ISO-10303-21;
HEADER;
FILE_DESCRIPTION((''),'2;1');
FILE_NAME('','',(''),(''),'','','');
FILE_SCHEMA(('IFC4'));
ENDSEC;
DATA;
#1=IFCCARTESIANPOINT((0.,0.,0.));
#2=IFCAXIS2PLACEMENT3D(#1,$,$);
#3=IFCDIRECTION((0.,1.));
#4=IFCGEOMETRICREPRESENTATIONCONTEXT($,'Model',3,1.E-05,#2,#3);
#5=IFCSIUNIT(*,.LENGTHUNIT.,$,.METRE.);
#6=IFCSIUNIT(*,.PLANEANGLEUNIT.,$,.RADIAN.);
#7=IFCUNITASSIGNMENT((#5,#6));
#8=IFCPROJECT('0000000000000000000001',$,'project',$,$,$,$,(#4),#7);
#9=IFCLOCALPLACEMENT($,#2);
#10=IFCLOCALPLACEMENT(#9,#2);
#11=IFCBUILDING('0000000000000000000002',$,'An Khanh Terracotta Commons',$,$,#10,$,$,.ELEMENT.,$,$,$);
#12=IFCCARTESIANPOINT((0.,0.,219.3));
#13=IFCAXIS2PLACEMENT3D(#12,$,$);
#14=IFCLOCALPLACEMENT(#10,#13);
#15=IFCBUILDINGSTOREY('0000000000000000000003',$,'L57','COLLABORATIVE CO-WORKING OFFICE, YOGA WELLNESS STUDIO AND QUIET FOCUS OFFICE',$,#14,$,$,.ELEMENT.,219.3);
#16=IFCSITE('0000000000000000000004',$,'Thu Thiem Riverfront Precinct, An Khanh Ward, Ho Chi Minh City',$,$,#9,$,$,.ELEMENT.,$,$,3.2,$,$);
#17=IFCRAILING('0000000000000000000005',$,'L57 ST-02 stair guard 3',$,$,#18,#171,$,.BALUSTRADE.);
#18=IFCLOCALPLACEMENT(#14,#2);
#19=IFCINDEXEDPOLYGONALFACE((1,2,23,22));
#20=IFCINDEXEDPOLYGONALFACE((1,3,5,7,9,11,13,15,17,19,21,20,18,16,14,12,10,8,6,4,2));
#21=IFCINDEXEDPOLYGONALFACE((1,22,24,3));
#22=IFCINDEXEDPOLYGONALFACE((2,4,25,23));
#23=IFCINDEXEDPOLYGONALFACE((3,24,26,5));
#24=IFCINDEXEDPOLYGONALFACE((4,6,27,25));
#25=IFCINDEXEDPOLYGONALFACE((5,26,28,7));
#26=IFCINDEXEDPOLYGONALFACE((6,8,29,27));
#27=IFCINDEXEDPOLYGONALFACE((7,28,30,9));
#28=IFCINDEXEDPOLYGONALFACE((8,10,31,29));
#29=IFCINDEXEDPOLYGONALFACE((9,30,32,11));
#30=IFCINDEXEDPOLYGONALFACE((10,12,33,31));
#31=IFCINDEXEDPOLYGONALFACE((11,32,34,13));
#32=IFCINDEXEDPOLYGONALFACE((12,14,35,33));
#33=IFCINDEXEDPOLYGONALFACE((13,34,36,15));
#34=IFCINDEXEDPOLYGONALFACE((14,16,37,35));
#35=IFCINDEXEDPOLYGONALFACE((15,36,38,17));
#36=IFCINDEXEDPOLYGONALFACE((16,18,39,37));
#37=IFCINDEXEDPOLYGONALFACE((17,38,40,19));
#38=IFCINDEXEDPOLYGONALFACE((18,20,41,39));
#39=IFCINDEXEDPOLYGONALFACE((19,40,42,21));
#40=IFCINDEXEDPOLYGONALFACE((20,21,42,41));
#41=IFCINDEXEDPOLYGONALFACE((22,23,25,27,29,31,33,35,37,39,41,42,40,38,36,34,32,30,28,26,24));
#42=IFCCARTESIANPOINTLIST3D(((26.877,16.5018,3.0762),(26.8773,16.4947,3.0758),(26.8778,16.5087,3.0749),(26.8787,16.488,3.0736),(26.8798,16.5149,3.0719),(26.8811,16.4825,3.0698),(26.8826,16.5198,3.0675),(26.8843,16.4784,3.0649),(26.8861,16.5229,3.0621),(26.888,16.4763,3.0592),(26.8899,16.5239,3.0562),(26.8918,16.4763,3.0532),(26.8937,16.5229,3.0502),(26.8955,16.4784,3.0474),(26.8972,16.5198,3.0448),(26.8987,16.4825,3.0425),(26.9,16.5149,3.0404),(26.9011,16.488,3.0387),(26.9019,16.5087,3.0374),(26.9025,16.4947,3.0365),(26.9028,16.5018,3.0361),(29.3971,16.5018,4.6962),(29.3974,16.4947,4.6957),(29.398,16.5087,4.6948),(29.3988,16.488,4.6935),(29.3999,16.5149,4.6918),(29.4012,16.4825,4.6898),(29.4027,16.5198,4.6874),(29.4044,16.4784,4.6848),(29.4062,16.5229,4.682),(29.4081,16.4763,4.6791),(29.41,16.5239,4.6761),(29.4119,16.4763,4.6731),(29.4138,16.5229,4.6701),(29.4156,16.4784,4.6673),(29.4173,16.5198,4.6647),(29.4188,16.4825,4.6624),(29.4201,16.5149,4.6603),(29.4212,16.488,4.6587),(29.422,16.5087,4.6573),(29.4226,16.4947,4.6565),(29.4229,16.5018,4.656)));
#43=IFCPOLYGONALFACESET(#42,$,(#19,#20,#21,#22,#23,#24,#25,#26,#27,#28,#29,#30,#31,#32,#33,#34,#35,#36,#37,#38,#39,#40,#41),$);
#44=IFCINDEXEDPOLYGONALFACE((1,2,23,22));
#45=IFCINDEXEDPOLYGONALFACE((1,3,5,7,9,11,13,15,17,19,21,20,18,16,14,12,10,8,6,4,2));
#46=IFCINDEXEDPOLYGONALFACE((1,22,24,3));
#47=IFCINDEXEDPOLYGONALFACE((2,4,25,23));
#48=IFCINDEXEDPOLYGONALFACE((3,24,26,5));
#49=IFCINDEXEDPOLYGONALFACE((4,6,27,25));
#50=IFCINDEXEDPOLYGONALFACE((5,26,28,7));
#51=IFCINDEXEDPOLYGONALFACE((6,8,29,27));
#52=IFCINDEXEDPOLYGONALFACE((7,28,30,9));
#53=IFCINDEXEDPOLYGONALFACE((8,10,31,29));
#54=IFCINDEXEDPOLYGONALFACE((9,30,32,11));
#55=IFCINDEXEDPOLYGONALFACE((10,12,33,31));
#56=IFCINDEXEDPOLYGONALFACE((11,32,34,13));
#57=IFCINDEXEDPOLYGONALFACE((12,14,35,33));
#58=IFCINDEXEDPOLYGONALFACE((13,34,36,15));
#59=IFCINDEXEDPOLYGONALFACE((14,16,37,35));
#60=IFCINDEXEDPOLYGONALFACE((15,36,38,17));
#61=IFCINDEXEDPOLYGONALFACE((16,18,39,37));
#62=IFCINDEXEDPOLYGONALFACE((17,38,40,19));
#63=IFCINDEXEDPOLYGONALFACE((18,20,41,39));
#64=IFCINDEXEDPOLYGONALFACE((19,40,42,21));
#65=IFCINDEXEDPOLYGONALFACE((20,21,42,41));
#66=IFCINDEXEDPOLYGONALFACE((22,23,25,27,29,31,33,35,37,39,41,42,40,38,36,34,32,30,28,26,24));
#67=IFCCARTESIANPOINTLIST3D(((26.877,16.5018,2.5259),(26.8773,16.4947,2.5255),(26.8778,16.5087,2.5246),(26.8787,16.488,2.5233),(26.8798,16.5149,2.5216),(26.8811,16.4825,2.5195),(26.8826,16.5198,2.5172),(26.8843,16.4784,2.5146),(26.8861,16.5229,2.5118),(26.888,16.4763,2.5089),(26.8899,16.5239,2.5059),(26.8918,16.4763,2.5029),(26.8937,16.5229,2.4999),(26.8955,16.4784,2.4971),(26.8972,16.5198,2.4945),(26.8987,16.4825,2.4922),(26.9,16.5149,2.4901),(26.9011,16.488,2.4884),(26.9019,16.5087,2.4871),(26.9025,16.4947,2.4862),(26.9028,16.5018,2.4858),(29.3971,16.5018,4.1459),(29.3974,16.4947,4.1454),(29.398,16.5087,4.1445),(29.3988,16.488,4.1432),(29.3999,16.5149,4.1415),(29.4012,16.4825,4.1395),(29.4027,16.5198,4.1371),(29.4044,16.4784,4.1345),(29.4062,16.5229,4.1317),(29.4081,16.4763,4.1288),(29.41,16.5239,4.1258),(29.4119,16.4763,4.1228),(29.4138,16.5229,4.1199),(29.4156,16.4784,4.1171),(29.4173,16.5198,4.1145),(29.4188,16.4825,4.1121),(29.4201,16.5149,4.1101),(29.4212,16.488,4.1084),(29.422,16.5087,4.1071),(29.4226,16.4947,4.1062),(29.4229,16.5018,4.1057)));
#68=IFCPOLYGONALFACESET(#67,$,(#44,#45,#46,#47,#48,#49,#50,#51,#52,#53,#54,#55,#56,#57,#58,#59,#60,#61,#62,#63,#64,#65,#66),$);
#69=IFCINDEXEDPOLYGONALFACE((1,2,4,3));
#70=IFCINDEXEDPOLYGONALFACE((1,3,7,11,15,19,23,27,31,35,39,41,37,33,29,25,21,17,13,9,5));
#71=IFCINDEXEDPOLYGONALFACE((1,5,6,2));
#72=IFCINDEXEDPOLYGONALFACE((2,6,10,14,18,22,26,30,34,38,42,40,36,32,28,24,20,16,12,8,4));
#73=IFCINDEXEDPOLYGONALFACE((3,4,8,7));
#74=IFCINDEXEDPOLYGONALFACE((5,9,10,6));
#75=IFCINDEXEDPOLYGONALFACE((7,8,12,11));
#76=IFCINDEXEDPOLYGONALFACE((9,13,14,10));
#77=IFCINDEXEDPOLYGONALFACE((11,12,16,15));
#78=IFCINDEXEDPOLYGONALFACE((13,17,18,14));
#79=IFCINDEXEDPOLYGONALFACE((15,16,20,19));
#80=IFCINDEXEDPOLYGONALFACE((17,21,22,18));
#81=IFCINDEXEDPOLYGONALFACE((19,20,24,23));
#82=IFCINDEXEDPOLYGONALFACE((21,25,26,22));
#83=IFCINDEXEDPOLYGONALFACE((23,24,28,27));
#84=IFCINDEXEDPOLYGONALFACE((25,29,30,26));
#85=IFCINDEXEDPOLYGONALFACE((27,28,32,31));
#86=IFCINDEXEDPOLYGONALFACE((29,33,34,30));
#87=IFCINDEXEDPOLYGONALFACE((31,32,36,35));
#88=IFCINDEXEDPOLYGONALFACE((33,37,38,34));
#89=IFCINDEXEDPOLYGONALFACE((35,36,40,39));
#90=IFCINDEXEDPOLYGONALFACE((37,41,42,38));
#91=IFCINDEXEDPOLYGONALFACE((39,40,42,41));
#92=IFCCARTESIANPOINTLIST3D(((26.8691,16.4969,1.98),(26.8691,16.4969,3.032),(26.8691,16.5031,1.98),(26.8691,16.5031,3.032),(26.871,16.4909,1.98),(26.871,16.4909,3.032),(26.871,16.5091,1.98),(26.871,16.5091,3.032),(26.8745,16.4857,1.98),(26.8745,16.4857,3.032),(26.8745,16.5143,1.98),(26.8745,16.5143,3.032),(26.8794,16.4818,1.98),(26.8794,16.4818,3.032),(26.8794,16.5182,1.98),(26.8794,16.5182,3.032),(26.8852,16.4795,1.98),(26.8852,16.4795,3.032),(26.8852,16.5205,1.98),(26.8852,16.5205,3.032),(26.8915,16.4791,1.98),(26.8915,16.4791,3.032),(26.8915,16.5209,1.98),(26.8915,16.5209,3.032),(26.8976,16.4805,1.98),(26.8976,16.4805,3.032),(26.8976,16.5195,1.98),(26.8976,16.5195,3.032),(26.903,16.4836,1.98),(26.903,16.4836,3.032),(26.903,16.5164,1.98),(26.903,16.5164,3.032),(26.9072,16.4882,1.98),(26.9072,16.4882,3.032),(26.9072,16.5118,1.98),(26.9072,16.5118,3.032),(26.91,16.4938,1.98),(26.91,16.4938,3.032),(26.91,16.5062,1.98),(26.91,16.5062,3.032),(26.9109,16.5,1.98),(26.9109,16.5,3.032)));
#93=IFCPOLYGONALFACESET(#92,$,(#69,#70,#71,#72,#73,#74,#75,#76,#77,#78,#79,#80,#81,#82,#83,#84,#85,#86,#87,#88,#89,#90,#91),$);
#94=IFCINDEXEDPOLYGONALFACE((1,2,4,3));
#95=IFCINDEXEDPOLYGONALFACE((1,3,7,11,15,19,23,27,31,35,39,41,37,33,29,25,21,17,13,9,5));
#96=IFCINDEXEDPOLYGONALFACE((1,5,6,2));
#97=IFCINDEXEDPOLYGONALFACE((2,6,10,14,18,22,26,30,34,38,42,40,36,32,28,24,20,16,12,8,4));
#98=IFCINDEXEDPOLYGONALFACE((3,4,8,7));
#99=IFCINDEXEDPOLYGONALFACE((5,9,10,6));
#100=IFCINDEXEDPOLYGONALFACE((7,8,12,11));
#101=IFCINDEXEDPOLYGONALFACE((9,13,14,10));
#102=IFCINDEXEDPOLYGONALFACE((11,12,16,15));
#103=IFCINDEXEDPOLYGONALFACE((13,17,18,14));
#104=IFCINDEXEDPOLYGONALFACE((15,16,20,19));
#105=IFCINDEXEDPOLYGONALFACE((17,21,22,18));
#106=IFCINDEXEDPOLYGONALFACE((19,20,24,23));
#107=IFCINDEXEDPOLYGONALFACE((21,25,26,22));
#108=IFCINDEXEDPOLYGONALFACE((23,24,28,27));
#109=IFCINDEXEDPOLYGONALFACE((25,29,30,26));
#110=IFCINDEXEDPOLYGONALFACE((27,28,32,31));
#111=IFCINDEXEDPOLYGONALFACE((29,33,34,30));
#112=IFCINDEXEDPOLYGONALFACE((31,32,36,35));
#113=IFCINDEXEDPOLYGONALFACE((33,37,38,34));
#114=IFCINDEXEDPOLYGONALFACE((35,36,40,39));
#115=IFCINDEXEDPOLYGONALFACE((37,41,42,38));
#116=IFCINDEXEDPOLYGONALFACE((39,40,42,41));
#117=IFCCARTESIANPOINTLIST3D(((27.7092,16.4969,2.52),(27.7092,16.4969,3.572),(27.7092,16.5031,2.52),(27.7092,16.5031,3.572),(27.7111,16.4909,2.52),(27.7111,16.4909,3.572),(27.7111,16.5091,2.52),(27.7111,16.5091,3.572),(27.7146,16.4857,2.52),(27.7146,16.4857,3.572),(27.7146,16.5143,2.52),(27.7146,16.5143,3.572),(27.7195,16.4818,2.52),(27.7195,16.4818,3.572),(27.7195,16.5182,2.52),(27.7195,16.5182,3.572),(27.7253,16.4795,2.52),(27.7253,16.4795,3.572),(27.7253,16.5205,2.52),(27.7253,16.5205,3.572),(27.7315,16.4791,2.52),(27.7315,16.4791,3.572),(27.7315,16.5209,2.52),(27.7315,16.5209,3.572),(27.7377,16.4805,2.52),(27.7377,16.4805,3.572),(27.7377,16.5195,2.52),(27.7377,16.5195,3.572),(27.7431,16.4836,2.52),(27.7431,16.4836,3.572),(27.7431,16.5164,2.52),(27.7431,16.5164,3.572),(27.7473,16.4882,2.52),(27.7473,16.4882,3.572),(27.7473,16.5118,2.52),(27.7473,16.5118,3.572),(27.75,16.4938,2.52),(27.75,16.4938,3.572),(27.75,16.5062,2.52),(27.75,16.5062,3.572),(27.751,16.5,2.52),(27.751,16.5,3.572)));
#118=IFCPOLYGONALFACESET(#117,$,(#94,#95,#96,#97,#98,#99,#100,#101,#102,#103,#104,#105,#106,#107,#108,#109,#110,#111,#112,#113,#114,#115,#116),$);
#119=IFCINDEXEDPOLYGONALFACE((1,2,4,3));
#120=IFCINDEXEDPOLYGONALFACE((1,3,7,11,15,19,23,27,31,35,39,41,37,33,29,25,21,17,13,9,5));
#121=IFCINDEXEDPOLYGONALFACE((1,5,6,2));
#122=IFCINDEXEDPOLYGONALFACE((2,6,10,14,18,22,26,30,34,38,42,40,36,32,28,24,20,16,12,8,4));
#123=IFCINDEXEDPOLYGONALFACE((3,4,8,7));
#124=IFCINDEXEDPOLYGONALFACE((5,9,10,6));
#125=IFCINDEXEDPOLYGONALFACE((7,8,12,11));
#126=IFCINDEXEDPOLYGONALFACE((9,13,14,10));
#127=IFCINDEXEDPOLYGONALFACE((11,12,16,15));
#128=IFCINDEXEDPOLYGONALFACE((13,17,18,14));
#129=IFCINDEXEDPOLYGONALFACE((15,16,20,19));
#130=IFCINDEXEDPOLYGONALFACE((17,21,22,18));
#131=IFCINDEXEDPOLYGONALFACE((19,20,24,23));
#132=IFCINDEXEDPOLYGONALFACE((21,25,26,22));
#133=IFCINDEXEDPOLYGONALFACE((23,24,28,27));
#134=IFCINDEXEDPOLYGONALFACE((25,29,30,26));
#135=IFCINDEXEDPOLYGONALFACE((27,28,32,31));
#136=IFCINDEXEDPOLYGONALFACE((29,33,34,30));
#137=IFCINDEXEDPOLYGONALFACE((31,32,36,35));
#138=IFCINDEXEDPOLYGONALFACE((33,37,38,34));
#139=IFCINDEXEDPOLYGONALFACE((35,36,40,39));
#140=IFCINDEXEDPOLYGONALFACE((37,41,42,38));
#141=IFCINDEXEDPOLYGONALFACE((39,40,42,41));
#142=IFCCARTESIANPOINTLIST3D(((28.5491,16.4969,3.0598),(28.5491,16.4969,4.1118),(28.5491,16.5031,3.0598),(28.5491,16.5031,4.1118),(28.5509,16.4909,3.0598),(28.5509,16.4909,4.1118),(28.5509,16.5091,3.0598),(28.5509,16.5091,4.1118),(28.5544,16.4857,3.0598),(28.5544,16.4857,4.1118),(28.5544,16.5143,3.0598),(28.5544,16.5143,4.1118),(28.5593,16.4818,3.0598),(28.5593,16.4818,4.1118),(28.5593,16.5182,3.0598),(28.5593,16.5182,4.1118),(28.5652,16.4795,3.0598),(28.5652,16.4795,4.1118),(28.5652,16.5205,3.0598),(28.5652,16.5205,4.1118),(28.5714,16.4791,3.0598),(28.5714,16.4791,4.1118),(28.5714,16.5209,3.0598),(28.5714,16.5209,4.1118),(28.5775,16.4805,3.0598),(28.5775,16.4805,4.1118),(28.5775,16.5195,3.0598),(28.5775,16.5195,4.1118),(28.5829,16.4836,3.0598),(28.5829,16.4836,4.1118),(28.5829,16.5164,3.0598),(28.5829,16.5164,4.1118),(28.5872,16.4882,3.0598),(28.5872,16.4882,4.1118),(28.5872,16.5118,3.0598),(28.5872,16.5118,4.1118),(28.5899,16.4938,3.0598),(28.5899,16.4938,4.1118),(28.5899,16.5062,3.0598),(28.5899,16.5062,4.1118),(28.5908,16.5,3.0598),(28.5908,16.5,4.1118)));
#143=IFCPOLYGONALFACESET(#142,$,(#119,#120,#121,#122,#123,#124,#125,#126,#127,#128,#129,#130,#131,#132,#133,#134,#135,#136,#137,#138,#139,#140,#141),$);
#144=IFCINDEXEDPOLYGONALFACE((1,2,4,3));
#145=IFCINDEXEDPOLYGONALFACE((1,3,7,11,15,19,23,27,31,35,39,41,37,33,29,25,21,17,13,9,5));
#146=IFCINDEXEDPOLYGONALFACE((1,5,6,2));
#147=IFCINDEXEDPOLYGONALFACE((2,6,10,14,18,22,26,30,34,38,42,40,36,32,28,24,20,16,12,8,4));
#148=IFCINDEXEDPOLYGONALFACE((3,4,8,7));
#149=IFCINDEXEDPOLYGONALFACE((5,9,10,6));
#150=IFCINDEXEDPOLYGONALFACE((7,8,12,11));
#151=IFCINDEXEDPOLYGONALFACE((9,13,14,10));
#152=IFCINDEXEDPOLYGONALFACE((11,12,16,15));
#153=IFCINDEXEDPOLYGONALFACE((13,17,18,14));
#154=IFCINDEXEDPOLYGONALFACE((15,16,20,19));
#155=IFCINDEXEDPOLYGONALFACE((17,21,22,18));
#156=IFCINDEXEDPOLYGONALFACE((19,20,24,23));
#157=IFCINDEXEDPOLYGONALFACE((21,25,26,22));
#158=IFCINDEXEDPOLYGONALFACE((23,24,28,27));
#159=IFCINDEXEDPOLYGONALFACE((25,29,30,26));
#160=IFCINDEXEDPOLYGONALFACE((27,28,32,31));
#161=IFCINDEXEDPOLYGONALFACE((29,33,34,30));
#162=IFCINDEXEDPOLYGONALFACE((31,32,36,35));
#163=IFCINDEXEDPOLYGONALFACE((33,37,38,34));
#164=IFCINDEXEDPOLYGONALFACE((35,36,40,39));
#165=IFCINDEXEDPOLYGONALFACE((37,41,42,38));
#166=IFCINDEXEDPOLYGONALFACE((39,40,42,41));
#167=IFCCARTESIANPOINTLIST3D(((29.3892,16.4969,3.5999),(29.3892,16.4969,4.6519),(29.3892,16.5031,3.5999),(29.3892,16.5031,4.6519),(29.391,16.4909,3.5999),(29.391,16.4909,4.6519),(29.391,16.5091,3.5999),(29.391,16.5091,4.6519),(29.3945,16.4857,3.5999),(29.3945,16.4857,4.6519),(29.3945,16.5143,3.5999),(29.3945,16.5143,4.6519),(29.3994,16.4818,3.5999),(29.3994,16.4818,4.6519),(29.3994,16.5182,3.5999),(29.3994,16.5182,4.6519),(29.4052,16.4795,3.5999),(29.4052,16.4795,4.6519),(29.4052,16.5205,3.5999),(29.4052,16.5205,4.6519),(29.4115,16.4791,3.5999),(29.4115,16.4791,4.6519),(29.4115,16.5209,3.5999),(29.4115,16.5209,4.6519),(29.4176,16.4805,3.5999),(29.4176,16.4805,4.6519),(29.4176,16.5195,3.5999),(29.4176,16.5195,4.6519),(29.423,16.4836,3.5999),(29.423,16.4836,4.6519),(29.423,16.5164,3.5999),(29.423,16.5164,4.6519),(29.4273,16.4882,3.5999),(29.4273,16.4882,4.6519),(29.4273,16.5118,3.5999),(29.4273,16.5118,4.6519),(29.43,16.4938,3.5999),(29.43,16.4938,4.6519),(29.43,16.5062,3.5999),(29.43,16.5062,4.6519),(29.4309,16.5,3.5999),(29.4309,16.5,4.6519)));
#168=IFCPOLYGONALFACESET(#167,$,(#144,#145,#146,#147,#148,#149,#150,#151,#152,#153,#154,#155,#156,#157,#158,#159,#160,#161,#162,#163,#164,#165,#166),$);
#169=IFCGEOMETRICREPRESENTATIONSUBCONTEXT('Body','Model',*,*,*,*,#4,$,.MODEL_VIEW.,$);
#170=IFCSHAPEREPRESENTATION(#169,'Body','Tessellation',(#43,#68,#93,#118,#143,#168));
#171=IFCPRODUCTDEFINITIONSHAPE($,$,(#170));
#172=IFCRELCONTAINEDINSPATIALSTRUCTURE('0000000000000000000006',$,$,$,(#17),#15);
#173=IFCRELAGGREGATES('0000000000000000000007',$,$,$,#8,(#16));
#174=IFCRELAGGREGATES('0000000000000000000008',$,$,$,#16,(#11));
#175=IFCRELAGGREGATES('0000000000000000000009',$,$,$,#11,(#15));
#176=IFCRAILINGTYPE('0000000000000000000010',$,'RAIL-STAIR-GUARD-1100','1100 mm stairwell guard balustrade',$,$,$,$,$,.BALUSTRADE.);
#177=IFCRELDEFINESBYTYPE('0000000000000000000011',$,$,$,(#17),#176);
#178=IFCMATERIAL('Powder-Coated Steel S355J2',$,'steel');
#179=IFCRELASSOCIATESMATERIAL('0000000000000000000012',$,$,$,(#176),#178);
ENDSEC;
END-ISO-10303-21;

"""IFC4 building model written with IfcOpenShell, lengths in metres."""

from ifc_helpers import new_model, si_unit, direction, frame, origin, origin_2d, place, context, subcontext, project, spatial, circle, extrude, material, type_object, element, save


model = new_model("IFC4")

# Units and contexts
model_context = context("Model", 3, precision=1e-05, world=origin(), true_north=direction((0.0, 1.0)))
body_context = subcontext(model_context, "Body", "Model", "MODEL_VIEW")
ifc_project = project(units=[si_unit("LENGTHUNIT", "METRE"), si_unit("PLANEANGLEUNIT", "RADIAN")], contexts=[model_context])

# Site, building, storey
site_placement = place(None, origin())
site = spatial("IfcSite", under=ifc_project, at=site_placement, Name="Thu Thiem Riverfront Precinct, An Khanh Ward, Ho Chi Minh City", CompositionType="ELEMENT", RefElevation=3.2)
building_placement = place(site_placement, origin())
building = spatial("IfcBuilding", under=site, at=building_placement, Name="An Khanh Terracotta Commons", CompositionType="ELEMENT")
storey_placement = place(building_placement, frame((0.0, 0.0, 219.3)))
storey = spatial("IfcBuildingStorey", under=building, at=storey_placement, Name="L57", Description="COLLABORATIVE CO-WORKING OFFICE, YOGA WELLNESS STUDIO AND QUIET FOCUS OFFICE", CompositionType="ELEMENT", Elevation=219.3)

# Railing
ifc_material_1 = material(Name="Powder-Coated Steel S355J2", Category="steel")
railing_type_1 = type_object("IfcRailingType", Name="RAIL-STAIR-GUARD-1100", Description="1100 mm stairwell guard balustrade", PredefinedType="BALUSTRADE", material=ifc_material_1)
railing_1_placement = place(storey_placement, frame((26.8899, 16.5, 1.98)))
element("IfcRailing", 1, at=railing_1_placement, inside=storey, type_object=railing_type_1, Name="L57 ST-02 stair guard 3", PredefinedType="BALUSTRADE", context=body_context, shape_type="SweptSolid", body=[
    extrude(circle(Radius=0.0239, at=origin_2d()), frame((0.0, 0.0, 1.0762), z_axis=(0.8412, 0.0, 0.540725), x_axis=(0.0, 1.0, 0.0)), (0.0, 0.0, 1.0), 2.9958),
    extrude(circle(Radius=0.0239, at=origin_2d()), frame((0.0, 0.0, 0.5259), z_axis=(0.8412, 0.0, 0.540725), x_axis=(0.0, 1.0, 0.0)), (0.0, 0.0, 1.0), 2.9958),
    extrude(circle(Radius=0.021, at=origin_2d()), origin(), (0.0, 0.0, 1.0), 1.052),
    extrude(circle(Radius=0.021, at=origin_2d()), frame((0.8401, 0.0, 0.54)), (0.0, 0.0, 1.0), 1.052),
    extrude(circle(Radius=0.021, at=origin_2d()), frame((1.6799, 0.0, 1.0798)), (0.0, 0.0, 1.0), 1.052),
    extrude(circle(Radius=0.021, at=origin_2d()), frame((2.52, 0.0, 1.6199)), (0.0, 0.0, 1.0), 1.052),
])

save(model, "model.ifc")
